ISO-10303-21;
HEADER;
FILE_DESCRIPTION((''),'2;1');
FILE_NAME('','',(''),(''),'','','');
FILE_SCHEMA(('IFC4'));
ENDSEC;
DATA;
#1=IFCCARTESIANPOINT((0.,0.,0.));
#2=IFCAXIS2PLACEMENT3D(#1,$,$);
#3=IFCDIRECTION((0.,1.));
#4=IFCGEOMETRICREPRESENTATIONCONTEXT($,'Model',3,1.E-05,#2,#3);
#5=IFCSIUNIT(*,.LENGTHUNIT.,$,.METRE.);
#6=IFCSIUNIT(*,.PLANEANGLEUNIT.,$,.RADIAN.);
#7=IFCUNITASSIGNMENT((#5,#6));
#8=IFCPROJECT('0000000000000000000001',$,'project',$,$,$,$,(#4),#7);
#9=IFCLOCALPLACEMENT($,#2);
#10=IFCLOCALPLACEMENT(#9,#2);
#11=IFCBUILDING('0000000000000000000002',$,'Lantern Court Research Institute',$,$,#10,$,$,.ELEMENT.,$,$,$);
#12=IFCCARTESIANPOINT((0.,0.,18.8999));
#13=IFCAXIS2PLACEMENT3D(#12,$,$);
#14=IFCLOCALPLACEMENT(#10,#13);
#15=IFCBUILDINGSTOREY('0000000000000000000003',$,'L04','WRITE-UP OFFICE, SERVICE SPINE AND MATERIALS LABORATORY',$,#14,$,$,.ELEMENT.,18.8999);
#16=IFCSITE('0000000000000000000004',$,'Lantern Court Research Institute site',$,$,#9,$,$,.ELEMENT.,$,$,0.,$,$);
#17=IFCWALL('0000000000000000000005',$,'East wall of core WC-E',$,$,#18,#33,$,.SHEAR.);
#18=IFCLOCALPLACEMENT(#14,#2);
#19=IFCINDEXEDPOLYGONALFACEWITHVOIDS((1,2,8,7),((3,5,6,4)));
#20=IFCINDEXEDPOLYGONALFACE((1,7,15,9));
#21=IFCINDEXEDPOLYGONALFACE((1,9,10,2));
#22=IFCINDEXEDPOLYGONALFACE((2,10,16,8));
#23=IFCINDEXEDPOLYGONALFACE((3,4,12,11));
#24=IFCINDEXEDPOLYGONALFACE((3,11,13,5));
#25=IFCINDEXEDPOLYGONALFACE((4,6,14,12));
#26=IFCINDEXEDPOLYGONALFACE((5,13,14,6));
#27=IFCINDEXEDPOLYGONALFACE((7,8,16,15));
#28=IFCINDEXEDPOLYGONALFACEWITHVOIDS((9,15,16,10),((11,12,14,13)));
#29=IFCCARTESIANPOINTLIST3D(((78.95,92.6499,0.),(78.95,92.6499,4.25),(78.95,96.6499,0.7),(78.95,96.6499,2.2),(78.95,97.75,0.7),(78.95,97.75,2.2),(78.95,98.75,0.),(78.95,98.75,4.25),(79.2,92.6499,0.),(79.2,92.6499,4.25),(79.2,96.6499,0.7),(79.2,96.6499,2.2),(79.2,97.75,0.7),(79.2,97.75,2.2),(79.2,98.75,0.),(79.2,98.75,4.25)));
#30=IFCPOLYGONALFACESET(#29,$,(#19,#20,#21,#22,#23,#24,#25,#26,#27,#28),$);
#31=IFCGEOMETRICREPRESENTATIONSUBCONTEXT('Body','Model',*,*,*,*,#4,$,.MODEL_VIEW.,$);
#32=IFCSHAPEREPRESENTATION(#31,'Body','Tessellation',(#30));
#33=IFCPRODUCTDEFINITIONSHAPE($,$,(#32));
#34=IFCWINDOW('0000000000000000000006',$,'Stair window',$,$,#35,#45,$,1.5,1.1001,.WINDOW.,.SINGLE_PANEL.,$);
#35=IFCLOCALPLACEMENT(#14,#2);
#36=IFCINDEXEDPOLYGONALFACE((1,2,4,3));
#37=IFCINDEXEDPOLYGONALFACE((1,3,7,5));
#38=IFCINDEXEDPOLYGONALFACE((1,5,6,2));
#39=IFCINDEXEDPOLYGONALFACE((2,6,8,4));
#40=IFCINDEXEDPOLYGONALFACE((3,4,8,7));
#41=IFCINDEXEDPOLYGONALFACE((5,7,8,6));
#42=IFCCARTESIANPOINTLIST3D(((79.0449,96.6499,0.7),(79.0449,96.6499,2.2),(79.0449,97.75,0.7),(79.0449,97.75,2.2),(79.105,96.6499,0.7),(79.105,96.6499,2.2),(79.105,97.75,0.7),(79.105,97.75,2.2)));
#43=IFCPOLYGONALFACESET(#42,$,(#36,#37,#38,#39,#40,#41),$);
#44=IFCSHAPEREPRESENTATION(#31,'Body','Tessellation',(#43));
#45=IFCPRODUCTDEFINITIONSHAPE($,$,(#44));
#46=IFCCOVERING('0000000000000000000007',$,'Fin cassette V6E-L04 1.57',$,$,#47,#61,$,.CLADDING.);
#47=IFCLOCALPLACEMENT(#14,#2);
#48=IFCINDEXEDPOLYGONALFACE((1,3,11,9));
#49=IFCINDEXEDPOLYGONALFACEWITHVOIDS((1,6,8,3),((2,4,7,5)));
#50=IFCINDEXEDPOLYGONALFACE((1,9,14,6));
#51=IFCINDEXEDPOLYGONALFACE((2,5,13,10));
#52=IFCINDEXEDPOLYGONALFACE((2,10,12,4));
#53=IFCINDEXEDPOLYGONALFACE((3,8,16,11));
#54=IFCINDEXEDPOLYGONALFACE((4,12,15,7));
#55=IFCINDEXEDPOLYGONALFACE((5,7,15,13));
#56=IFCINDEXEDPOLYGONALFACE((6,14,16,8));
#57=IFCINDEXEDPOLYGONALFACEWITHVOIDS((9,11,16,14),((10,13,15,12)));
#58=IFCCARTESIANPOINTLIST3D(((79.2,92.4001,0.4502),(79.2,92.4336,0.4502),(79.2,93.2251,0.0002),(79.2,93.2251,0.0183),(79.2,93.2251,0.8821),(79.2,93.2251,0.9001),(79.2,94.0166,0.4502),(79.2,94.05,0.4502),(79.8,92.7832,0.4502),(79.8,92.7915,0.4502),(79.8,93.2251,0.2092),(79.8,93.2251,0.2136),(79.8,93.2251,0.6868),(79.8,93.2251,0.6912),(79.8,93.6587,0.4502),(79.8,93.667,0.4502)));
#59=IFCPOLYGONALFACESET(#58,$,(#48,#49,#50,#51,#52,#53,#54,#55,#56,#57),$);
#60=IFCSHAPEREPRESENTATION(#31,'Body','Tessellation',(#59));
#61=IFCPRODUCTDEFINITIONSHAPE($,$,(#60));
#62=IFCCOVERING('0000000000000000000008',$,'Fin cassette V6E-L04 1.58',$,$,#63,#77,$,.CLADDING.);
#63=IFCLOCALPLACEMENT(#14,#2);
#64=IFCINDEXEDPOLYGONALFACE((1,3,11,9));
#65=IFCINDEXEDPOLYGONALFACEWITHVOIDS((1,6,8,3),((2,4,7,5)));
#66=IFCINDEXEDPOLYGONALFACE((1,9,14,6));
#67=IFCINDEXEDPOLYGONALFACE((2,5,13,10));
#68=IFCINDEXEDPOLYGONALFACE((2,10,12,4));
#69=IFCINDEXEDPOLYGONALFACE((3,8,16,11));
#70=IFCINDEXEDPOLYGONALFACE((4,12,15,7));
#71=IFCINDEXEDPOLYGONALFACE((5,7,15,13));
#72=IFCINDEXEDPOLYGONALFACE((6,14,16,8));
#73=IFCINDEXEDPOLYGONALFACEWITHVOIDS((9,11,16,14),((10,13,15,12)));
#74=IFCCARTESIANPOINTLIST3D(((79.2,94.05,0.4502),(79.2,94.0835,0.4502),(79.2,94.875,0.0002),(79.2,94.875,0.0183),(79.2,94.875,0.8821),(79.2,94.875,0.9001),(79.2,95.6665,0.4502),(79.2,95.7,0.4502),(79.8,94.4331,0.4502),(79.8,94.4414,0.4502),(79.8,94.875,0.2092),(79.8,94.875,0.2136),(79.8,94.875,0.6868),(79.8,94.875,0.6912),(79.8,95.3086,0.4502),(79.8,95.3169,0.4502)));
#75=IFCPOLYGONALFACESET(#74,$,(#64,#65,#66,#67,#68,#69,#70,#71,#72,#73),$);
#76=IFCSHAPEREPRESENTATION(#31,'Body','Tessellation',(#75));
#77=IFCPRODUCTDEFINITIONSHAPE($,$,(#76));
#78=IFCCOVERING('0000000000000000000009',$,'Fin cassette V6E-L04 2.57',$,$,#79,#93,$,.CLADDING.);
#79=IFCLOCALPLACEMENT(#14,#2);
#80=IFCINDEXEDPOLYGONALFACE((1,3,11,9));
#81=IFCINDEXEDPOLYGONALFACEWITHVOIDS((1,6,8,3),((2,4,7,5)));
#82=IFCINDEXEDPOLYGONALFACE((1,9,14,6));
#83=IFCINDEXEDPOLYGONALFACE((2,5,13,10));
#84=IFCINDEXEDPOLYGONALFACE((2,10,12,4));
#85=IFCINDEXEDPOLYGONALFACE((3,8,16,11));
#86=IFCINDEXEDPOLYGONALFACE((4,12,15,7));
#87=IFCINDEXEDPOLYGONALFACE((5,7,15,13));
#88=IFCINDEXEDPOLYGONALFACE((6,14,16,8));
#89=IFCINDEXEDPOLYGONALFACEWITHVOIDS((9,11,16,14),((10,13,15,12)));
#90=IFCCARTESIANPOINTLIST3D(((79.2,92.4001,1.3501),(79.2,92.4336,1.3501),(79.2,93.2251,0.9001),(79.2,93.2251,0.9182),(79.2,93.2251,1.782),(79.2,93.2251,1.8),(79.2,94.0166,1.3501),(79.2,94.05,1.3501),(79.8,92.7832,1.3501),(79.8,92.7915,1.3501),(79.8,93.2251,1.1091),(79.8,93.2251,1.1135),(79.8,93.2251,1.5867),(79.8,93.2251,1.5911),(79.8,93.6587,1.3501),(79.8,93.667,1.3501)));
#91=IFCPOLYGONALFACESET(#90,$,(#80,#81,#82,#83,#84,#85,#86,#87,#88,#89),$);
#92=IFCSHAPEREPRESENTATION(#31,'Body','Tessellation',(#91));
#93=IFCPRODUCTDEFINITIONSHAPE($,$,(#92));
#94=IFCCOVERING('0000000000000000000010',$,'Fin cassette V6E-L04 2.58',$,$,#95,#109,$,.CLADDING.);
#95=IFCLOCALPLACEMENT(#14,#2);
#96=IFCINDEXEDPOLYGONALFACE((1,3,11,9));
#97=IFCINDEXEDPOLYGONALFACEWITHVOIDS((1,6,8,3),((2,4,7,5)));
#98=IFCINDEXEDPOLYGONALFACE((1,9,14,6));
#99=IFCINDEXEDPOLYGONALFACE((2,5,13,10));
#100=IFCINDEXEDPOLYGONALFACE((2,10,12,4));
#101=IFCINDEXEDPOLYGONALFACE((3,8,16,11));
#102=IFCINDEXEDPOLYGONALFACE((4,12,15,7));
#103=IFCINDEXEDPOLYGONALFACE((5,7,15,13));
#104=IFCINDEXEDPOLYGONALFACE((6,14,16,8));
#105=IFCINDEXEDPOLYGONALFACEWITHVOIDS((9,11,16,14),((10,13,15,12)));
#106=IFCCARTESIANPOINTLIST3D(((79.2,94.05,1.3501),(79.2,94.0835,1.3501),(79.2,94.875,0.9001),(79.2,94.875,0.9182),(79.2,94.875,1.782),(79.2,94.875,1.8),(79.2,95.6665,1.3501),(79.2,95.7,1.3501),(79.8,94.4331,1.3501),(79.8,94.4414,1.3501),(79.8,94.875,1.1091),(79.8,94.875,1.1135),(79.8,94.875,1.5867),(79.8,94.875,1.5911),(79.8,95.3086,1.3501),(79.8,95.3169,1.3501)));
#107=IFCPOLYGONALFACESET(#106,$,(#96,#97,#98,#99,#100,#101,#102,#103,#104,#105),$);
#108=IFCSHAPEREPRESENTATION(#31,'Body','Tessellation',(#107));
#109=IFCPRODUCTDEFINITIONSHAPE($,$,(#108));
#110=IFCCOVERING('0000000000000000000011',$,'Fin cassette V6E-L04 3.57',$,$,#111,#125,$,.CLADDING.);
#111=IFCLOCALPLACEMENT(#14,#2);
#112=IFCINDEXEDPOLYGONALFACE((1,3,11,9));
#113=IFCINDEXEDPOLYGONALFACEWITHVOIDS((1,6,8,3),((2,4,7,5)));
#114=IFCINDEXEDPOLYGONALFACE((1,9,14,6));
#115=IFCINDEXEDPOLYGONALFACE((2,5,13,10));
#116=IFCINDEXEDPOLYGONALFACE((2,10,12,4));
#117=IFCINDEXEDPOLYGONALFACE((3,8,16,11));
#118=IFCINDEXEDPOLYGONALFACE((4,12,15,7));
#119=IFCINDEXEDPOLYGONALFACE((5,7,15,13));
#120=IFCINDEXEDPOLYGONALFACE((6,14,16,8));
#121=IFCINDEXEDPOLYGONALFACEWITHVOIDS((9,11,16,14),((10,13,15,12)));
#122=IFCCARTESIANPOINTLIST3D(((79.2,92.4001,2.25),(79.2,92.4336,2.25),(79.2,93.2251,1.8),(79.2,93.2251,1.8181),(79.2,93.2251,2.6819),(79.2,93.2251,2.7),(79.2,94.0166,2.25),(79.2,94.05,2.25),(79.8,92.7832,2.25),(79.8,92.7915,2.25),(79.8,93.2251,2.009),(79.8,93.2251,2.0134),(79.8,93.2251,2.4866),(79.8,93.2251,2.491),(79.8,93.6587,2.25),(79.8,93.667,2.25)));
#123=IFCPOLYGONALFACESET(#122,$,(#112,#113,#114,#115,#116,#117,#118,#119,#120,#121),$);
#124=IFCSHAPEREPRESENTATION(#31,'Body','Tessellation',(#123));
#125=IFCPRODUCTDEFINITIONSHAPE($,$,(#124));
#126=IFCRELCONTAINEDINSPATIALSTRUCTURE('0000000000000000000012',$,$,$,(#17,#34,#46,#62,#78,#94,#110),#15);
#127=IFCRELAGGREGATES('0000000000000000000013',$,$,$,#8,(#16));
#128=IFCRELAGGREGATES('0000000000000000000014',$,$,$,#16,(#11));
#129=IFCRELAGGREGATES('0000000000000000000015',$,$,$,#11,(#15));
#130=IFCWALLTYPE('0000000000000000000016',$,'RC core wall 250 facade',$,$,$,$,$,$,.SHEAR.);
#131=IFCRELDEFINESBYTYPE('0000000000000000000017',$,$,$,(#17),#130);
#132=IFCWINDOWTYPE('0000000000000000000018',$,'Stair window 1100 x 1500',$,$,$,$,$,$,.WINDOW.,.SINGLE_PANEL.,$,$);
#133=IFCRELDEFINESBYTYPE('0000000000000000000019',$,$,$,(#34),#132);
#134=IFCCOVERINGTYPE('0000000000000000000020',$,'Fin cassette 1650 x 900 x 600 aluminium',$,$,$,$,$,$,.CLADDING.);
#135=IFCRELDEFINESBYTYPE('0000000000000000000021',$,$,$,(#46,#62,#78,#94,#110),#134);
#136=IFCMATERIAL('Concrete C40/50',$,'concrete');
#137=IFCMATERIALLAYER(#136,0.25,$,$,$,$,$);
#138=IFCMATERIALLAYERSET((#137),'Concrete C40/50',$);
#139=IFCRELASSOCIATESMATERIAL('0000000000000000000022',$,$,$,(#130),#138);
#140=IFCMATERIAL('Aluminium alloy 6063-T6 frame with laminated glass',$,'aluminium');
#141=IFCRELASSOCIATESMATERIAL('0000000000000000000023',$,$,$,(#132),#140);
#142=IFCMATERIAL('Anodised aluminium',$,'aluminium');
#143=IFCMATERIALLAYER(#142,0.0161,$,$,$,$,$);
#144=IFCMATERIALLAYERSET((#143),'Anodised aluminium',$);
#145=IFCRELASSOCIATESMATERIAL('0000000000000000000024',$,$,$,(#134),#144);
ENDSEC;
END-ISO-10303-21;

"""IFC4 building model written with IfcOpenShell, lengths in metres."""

from ifc_helpers import new_model, entity, si_unit, direction, frame, frame_2d, origin, place, context, subcontext, project, spatial, rectangle, extrude, material, layer, layer_set, type_object, element, fill, save


model = new_model("IFC4")

# Units and contexts
model_context = context("Model", 3, precision=1e-05, world=origin(), true_north=direction((0.0, 1.0)))
body_context = subcontext(model_context, "Body", "Model", "MODEL_VIEW")
ifc_project = project(units=[si_unit("LENGTHUNIT", "METRE"), si_unit("PLANEANGLEUNIT", "RADIAN")], contexts=[model_context])

# Site, building, storey
site_placement = place(None, origin())
site = spatial("IfcSite", under=ifc_project, at=site_placement, Name="Lantern Court Research Institute site", CompositionType="ELEMENT", RefElevation=0.0)
building_placement = place(site_placement, origin())
building = spatial("IfcBuilding", under=site, at=building_placement, Name="Lantern Court Research Institute", CompositionType="ELEMENT")
storey_placement = place(building_placement, frame((0.0, 0.0, 18.8999)))
storey = spatial("IfcBuildingStorey", under=building, at=storey_placement, Name="L04", Description="WRITE-UP OFFICE, SERVICE SPINE AND MATERIALS LABORATORY", CompositionType="ELEMENT", Elevation=18.8999)

# Wall, opening, window
ifc_material_1 = material(Name="Concrete C40/50", Category="concrete")
ifc_layer_1 = layer(ifc_material_1, 0.25)
ifc_layer_set_1 = layer_set([ifc_layer_1], Name="Concrete C40/50")
wall_type = type_object("IfcWallType", Name="RC core wall 250 facade", PredefinedType="SHEAR", material=ifc_layer_set_1)
wall_placement = place(storey_placement, frame((79.075, 92.6499, 0.0), z_axis=(0.0, 0.0, 1.0), x_axis=(0.0, 1.0, 0.0)))
wall = element("IfcWall", 1, at=wall_placement, inside=storey, type_object=wall_type, Name="East wall of core WC-E", PredefinedType="SHEAR", context=body_context, shape_type="SweptSolid", body=[
    extrude(rectangle(XDim=6.1001, YDim=0.25, at=frame_2d((3.05, 0.0))), origin(), (0.0, 0.0, 1.0), 4.25),
])
opening_placement = place(wall_placement, frame((4.0, 0.0, 0.7)))
opening = element("IfcOpeningElement", 2, at=opening_placement, cuts=wall, PredefinedType="OPENING", context=body_context, shape_type="SweptSolid", body=[
    extrude(rectangle(XDim=1.1001, YDim=1.5, at=frame_2d((0.55, 0.75))), frame((0.0, 0.135, 0.0), z_axis=(0.0, -1.0, 0.0), x_axis=(1.0, 0.0, 0.0)), (0.0, 0.0, 1.0), 0.27),
])
ifc_material_2 = material(Name="Aluminium alloy 6063-T6 frame with laminated glass", Category="aluminium")
window_type = type_object("IfcWindowType", Name="Stair window 1100 x 1500", PartitioningType="SINGLE_PANEL", PredefinedType="WINDOW", material=ifc_material_2)
window_placement = place(opening_placement, origin())
window = element("IfcWindow", 3, at=window_placement, inside=storey, type_object=window_type, Name="Stair window", OverallHeight=1.5, OverallWidth=1.1001, PartitioningType="SINGLE_PANEL", PredefinedType="WINDOW", context=body_context, shape_type="SweptSolid", body=[
    extrude(rectangle(XDim=1.1001, YDim=1.5, at=frame_2d((0.55, 0.75))), frame((0.0, 0.03, 0.0), z_axis=(0.0, -1.0, 0.0), x_axis=(1.0, 0.0, 0.0)), (0.0, 0.0, 1.0), 0.0601),
])
fill(opening, window)

# Coverings
ifc_material_3 = material(Name="Anodised aluminium", Category="aluminium")
ifc_layer_2 = layer(ifc_material_3, 0.0161)
ifc_layer_set_2 = layer_set([ifc_layer_2], Name="Anodised aluminium")
covering_type = type_object("IfcCoveringType", Name="Fin cassette 1650 x 900 x 600 aluminium", PredefinedType="CLADDING", material=ifc_layer_set_2)
covering_1_placement = place(storey_placement, frame((79.2, 93.2251, 0.4502), z_axis=(1.0, 0.0, 0.0), x_axis=(0.0, 1.0, 0.0)))
cartesian_point_1 = entity("IfcCartesianPoint", [0.825, 0.0])
cartesian_point_2 = entity("IfcCartesianPoint", [0.7915, 0.0])
cartesian_point_3 = entity("IfcCartesianPoint", [0.4419, 0.0])
cartesian_point_4 = entity("IfcCartesianPoint", [0.4336, 0.0])
element("IfcCovering", 4, at=covering_1_placement, inside=storey, type_object=covering_type, Name="Fin cassette V6E-L04 1.57", PredefinedType="CLADDING", context=body_context, shape_type="SweptSolid", body=[
    entity("IfcExtrudedAreaSolidTapered", entity("IfcArbitraryProfileDefWithVoids", "AREA", None, entity("IfcPolyline", [cartesian_point_1, entity("IfcCartesianPoint", [0.0, 0.45]), entity("IfcCartesianPoint", [-0.825, 0.0]), entity("IfcCartesianPoint", [0.0, -0.45]), cartesian_point_1]), [entity("IfcPolyline", [cartesian_point_2, entity("IfcCartesianPoint", [0.0, 0.4319]), entity("IfcCartesianPoint", [-0.7915, 0.0]), entity("IfcCartesianPoint", [0.0, -0.4319]), cartesian_point_2])]), entity("IfcAxis2Placement3D", entity("IfcCartesianPoint", [0.0, 0.0, 0.0])), entity("IfcDirection", [0.0, 0.0, 1.0]), 0.6001, entity("IfcArbitraryProfileDefWithVoids", "AREA", None, entity("IfcPolyline", [cartesian_point_3, entity("IfcCartesianPoint", [0.0, 0.241]), entity("IfcCartesianPoint", [-0.4419, 0.0]), entity("IfcCartesianPoint", [0.0, -0.241]), cartesian_point_3]), [entity("IfcPolyline", [cartesian_point_4, entity("IfcCartesianPoint", [0.0, 0.2366]), entity("IfcCartesianPoint", [-0.4336, 0.0]), entity("IfcCartesianPoint", [0.0, -0.2366]), cartesian_point_4])])),
])
covering_2_placement = place(storey_placement, frame((79.2, 94.875, 0.4502), z_axis=(1.0, 0.0, 0.0), x_axis=(0.0, 1.0, 0.0)))
cartesian_point_5 = entity("IfcCartesianPoint", [0.825, 0.0])
cartesian_point_6 = entity("IfcCartesianPoint", [0.7915, 0.0])
cartesian_point_7 = entity("IfcCartesianPoint", [0.4419, 0.0])
cartesian_point_8 = entity("IfcCartesianPoint", [0.4336, 0.0])
element("IfcCovering", 5, at=covering_2_placement, inside=storey, type_object=covering_type, Name="Fin cassette V6E-L04 1.58", PredefinedType="CLADDING", context=body_context, shape_type="SweptSolid", body=[
    entity("IfcExtrudedAreaSolidTapered", entity("IfcArbitraryProfileDefWithVoids", "AREA", None, entity("IfcPolyline", [cartesian_point_5, entity("IfcCartesianPoint", [0.0, 0.45]), entity("IfcCartesianPoint", [-0.825, 0.0]), entity("IfcCartesianPoint", [0.0, -0.45]), cartesian_point_5]), [entity("IfcPolyline", [cartesian_point_6, entity("IfcCartesianPoint", [0.0, 0.4319]), entity("IfcCartesianPoint", [-0.7915, 0.0]), entity("IfcCartesianPoint", [0.0, -0.4319]), cartesian_point_6])]), entity("IfcAxis2Placement3D", entity("IfcCartesianPoint", [0.0, 0.0, 0.0])), entity("IfcDirection", [0.0, 0.0, 1.0]), 0.6001, entity("IfcArbitraryProfileDefWithVoids", "AREA", None, entity("IfcPolyline", [cartesian_point_7, entity("IfcCartesianPoint", [0.0, 0.241]), entity("IfcCartesianPoint", [-0.4419, 0.0]), entity("IfcCartesianPoint", [0.0, -0.241]), cartesian_point_7]), [entity("IfcPolyline", [cartesian_point_8, entity("IfcCartesianPoint", [0.0, 0.2366]), entity("IfcCartesianPoint", [-0.4336, 0.0]), entity("IfcCartesianPoint", [0.0, -0.2366]), cartesian_point_8])])),
])
covering_3_placement = place(storey_placement, frame((79.2, 93.2251, 1.3501), z_axis=(1.0, 0.0, 0.0), x_axis=(0.0, 1.0, 0.0)))
cartesian_point_9 = entity("IfcCartesianPoint", [0.825, 0.0])
cartesian_point_10 = entity("IfcCartesianPoint", [0.7915, 0.0])
cartesian_point_11 = entity("IfcCartesianPoint", [0.4419, 0.0])
cartesian_point_12 = entity("IfcCartesianPoint", [0.4336, 0.0])
element("IfcCovering", 6, at=covering_3_placement, inside=storey, type_object=covering_type, Name="Fin cassette V6E-L04 2.57", PredefinedType="CLADDING", context=body_context, shape_type="SweptSolid", body=[
    entity("IfcExtrudedAreaSolidTapered", entity("IfcArbitraryProfileDefWithVoids", "AREA", None, entity("IfcPolyline", [cartesian_point_9, entity("IfcCartesianPoint", [0.0, 0.45]), entity("IfcCartesianPoint", [-0.825, 0.0]), entity("IfcCartesianPoint", [0.0, -0.45]), cartesian_point_9]), [entity("IfcPolyline", [cartesian_point_10, entity("IfcCartesianPoint", [0.0, 0.4319]), entity("IfcCartesianPoint", [-0.7915, 0.0]), entity("IfcCartesianPoint", [0.0, -0.4319]), cartesian_point_10])]), entity("IfcAxis2Placement3D", entity("IfcCartesianPoint", [0.0, 0.0, 0.0])), entity("IfcDirection", [0.0, 0.0, 1.0]), 0.6001, entity("IfcArbitraryProfileDefWithVoids", "AREA", None, entity("IfcPolyline", [cartesian_point_11, entity("IfcCartesianPoint", [0.0, 0.241]), entity("IfcCartesianPoint", [-0.4419, 0.0]), entity("IfcCartesianPoint", [0.0, -0.241]), cartesian_point_11]), [entity("IfcPolyline", [cartesian_point_12, entity("IfcCartesianPoint", [0.0, 0.2366]), entity("IfcCartesianPoint", [-0.4336, 0.0]), entity("IfcCartesianPoint", [0.0, -0.2366]), cartesian_point_12])])),
])
covering_4_placement = place(storey_placement, frame((79.2, 94.875, 1.3501), z_axis=(1.0, 0.0, 0.0), x_axis=(0.0, 1.0, 0.0)))
cartesian_point_13 = entity("IfcCartesianPoint", [0.825, 0.0])
cartesian_point_14 = entity("IfcCartesianPoint", [0.7915, 0.0])
cartesian_point_15 = entity("IfcCartesianPoint", [0.4419, 0.0])
cartesian_point_16 = entity("IfcCartesianPoint", [0.4336, 0.0])
element("IfcCovering", 7, at=covering_4_placement, inside=storey, type_object=covering_type, Name="Fin cassette V6E-L04 2.58", PredefinedType="CLADDING", context=body_context, shape_type="SweptSolid", body=[
    entity("IfcExtrudedAreaSolidTapered", entity("IfcArbitraryProfileDefWithVoids", "AREA", None, entity("IfcPolyline", [cartesian_point_13, entity("IfcCartesianPoint", [0.0, 0.45]), entity("IfcCartesianPoint", [-0.825, 0.0]), entity("IfcCartesianPoint", [0.0, -0.45]), cartesian_point_13]), [entity("IfcPolyline", [cartesian_point_14, entity("IfcCartesianPoint", [0.0, 0.4319]), entity("IfcCartesianPoint", [-0.7915, 0.0]), entity("IfcCartesianPoint", [0.0, -0.4319]), cartesian_point_14])]), entity("IfcAxis2Placement3D", entity("IfcCartesianPoint", [0.0, 0.0, 0.0])), entity("IfcDirection", [0.0, 0.0, 1.0]), 0.6001, entity("IfcArbitraryProfileDefWithVoids", "AREA", None, entity("IfcPolyline", [cartesian_point_15, entity("IfcCartesianPoint", [0.0, 0.241]), entity("IfcCartesianPoint", [-0.4419, 0.0]), entity("IfcCartesianPoint", [0.0, -0.241]), cartesian_point_15]), [entity("IfcPolyline", [cartesian_point_16, entity("IfcCartesianPoint", [0.0, 0.2366]), entity("IfcCartesianPoint", [-0.4336, 0.0]), entity("IfcCartesianPoint", [0.0, -0.2366]), cartesian_point_16])])),
])
covering_5_placement = place(storey_placement, frame((79.2, 93.2251, 2.25), z_axis=(1.0, 0.0, 0.0), x_axis=(0.0, 1.0, 0.0)))
cartesian_point_17 = entity("IfcCartesianPoint", [0.825, 0.0])
cartesian_point_18 = entity("IfcCartesianPoint", [0.7915, 0.0])
cartesian_point_19 = entity("IfcCartesianPoint", [0.4419, 0.0])
cartesian_point_20 = entity("IfcCartesianPoint", [0.4336, 0.0])
element("IfcCovering", 8, at=covering_5_placement, inside=storey, type_object=covering_type, Name="Fin cassette V6E-L04 3.57", PredefinedType="CLADDING", context=body_context, shape_type="SweptSolid", body=[
    entity("IfcExtrudedAreaSolidTapered", entity("IfcArbitraryProfileDefWithVoids", "AREA", None, entity("IfcPolyline", [cartesian_point_17, entity("IfcCartesianPoint", [0.0, 0.45]), entity("IfcCartesianPoint", [-0.825, 0.0]), entity("IfcCartesianPoint", [0.0, -0.45]), cartesian_point_17]), [entity("IfcPolyline", [cartesian_point_18, entity("IfcCartesianPoint", [0.0, 0.4319]), entity("IfcCartesianPoint", [-0.7915, 0.0]), entity("IfcCartesianPoint", [0.0, -0.4319]), cartesian_point_18])]), entity("IfcAxis2Placement3D", entity("IfcCartesianPoint", [0.0, 0.0, 0.0])), entity("IfcDirection", [0.0, 0.0, 1.0]), 0.6001, entity("IfcArbitraryProfileDefWithVoids", "AREA", None, entity("IfcPolyline", [cartesian_point_19, entity("IfcCartesianPoint", [0.0, 0.241]), entity("IfcCartesianPoint", [-0.4419, 0.0]), entity("IfcCartesianPoint", [0.0, -0.241]), cartesian_point_19]), [entity("IfcPolyline", [cartesian_point_20, entity("IfcCartesianPoint", [0.0, 0.2366]), entity("IfcCartesianPoint", [-0.4336, 0.0]), entity("IfcCartesianPoint", [0.0, -0.2366]), cartesian_point_20])])),
])

save(model, "model.ifc")
